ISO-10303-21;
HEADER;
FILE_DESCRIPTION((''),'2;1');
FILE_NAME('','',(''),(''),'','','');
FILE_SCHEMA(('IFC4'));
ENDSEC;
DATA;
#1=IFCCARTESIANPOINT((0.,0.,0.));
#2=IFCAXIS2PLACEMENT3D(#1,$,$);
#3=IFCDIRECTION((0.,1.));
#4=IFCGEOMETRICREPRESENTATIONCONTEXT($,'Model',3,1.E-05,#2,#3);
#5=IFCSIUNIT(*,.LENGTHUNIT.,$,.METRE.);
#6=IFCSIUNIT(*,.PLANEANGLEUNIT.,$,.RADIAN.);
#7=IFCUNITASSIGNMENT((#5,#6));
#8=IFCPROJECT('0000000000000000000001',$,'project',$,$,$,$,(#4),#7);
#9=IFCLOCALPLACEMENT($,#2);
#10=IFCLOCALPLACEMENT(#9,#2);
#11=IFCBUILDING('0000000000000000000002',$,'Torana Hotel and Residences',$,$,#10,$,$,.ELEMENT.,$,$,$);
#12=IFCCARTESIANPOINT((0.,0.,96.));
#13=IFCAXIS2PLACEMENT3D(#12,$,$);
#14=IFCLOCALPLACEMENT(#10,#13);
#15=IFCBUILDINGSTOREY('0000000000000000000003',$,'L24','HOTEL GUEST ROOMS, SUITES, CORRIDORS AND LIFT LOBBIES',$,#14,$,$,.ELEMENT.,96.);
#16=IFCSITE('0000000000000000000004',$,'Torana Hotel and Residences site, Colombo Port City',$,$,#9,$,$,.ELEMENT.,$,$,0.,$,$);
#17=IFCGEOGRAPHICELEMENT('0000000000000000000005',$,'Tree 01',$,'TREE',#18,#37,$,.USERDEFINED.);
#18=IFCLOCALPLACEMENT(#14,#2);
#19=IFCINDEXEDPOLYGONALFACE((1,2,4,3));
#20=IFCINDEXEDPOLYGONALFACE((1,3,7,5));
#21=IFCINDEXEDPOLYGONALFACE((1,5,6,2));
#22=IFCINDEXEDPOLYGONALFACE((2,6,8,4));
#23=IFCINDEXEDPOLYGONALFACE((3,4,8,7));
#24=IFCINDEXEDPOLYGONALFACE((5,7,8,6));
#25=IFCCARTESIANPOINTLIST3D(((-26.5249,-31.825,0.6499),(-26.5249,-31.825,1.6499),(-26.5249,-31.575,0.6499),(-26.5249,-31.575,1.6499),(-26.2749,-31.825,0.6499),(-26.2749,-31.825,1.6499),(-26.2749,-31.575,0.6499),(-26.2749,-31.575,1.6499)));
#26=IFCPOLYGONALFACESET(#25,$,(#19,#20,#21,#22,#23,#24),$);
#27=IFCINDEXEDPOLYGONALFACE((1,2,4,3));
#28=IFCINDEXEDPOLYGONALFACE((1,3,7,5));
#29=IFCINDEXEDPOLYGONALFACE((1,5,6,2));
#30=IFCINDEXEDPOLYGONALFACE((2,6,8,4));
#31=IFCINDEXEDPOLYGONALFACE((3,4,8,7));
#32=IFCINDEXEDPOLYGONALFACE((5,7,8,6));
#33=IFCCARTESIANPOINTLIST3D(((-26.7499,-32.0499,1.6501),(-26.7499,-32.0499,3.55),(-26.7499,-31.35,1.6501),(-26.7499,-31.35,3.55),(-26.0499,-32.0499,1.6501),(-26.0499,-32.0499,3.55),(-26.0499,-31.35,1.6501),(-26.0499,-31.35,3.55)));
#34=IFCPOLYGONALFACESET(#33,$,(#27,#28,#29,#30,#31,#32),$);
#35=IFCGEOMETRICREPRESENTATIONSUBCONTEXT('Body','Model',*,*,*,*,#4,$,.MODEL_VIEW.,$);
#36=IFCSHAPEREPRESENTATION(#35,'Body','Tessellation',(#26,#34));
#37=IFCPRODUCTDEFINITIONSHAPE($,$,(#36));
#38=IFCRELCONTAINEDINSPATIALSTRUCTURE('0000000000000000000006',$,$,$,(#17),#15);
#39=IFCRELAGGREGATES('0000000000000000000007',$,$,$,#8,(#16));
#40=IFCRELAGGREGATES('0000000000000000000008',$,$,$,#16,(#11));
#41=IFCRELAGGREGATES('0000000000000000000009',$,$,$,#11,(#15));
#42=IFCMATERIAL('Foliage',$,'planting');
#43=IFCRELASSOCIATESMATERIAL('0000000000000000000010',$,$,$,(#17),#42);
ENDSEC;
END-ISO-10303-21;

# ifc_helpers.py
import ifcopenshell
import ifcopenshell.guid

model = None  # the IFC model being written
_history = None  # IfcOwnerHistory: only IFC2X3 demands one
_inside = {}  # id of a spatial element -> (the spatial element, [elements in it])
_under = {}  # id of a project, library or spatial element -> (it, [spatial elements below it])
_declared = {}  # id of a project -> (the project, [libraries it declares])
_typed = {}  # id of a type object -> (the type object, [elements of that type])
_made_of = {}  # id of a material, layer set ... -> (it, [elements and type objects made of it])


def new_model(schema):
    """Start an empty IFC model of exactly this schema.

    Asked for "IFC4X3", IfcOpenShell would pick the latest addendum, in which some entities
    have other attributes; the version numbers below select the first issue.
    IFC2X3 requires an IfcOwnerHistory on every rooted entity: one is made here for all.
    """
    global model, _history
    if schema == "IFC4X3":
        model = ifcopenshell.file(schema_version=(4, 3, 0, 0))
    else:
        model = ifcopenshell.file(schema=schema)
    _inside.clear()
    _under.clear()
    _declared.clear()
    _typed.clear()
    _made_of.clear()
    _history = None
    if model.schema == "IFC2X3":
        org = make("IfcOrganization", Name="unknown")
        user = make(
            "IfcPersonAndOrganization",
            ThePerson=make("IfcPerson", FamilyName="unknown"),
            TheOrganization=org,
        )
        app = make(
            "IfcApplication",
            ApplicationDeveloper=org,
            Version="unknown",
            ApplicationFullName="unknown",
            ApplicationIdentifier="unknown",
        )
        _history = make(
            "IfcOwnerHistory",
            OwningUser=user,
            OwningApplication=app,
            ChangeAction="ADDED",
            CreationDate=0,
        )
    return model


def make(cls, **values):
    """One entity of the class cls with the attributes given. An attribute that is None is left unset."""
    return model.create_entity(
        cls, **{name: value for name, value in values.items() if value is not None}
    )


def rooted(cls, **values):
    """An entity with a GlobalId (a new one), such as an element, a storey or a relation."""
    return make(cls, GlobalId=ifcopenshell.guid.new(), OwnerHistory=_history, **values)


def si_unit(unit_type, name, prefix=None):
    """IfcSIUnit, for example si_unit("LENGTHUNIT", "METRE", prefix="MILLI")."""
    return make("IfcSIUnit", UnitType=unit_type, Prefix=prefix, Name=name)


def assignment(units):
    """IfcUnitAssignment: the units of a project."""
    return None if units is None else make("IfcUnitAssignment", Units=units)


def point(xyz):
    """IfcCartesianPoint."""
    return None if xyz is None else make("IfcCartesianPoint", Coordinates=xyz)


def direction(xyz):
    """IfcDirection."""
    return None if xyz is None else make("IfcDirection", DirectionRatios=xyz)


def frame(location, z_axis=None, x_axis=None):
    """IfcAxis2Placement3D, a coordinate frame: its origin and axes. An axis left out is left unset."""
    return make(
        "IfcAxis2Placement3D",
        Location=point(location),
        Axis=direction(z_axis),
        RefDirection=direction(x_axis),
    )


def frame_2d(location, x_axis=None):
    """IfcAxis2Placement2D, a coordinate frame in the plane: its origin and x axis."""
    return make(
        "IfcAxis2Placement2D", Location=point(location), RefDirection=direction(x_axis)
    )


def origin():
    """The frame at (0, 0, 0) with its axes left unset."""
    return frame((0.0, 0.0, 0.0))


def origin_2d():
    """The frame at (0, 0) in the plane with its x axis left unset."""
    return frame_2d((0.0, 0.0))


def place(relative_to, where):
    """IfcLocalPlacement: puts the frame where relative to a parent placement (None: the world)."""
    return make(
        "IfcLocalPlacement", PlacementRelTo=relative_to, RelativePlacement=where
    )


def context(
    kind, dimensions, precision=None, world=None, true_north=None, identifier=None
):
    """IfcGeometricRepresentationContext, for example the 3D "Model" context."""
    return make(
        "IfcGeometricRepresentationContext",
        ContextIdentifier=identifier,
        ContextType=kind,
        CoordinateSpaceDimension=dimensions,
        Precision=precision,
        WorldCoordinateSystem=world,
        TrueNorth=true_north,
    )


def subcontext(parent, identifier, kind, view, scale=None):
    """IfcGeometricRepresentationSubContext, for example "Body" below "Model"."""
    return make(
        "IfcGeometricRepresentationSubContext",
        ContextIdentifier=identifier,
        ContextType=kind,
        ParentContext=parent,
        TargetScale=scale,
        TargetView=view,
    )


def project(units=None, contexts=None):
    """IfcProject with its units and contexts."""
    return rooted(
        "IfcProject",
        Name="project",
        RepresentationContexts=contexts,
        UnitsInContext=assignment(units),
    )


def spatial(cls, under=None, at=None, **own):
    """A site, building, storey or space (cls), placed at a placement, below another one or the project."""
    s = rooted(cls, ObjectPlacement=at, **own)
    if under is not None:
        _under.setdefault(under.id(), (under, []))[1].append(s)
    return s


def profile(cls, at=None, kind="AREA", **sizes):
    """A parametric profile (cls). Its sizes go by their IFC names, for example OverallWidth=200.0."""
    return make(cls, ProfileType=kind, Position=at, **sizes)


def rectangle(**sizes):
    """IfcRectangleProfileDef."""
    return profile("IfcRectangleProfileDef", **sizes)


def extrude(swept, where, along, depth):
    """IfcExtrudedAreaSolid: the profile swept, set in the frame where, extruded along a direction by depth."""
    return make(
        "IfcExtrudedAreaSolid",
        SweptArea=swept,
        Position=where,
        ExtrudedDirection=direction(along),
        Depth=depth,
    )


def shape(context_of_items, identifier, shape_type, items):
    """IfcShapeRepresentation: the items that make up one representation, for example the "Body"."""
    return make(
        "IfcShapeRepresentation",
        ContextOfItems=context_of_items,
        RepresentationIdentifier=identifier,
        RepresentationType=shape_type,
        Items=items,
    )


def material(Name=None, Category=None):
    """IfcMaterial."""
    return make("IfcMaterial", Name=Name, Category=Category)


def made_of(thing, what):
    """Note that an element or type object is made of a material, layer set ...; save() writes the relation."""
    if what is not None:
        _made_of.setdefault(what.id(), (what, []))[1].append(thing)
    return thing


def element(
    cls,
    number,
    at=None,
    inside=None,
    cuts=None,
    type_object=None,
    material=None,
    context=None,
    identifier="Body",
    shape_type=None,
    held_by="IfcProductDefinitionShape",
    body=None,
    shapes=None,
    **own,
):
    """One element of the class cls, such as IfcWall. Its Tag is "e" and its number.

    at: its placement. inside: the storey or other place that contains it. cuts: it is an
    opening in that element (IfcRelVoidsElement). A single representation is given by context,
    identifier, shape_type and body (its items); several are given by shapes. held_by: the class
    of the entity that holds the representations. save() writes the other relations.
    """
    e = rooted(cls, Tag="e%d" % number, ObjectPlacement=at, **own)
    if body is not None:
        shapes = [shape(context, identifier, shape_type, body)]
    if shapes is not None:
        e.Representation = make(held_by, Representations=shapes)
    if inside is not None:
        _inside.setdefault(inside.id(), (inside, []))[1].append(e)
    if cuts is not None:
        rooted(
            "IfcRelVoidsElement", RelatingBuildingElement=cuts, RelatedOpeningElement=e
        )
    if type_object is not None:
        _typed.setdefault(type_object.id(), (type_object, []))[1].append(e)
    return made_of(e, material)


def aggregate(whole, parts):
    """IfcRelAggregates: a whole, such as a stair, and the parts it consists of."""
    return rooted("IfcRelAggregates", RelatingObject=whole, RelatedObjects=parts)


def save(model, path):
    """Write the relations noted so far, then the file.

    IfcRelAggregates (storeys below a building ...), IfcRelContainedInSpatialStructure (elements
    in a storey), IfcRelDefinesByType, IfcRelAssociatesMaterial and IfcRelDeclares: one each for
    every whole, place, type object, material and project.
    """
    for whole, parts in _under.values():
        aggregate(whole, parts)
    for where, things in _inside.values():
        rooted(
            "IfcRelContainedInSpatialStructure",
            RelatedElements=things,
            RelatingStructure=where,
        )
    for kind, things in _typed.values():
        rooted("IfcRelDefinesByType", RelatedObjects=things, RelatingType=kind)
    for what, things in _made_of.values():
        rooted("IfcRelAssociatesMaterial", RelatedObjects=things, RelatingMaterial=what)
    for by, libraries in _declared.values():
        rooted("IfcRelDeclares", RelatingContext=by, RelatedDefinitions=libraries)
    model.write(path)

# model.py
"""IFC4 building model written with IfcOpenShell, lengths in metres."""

from ifc_helpers import new_model, si_unit, direction, frame, origin, origin_2d, place, context, subcontext, project, spatial, rectangle, extrude, material, element, save


model = new_model("IFC4")

# Units and contexts
model_context = context("Model", 3, precision=1e-05, world=origin(), true_north=direction((0.0, 1.0)))
body_context = subcontext(model_context, "Body", "Model", "MODEL_VIEW")
ifc_project = project(units=[si_unit("LENGTHUNIT", "METRE"), si_unit("PLANEANGLEUNIT", "RADIAN")], contexts=[model_context])

# Site, building, storey
site_placement = place(None, origin())
site = spatial("IfcSite", under=ifc_project, at=site_placement, Name="Torana Hotel and Residences site, Colombo Port City", CompositionType="ELEMENT", RefElevation=0.0)
building_placement = place(site_placement, origin())
building = spatial("IfcBuilding", under=site, at=building_placement, Name="Torana Hotel and Residences", CompositionType="ELEMENT")
storey_placement = place(building_placement, frame((0.0, 0.0, 96.0)))
storey = spatial("IfcBuildingStorey", under=building, at=storey_placement, Name="L24", Description="HOTEL GUEST ROOMS, SUITES, CORRIDORS AND LIFT LOBBIES", CompositionType="ELEMENT", Elevation=96.0)

# Geographic element
ifc_material_1 = material(Name="Foliage", Category="planting")
geographic_element_placement = place(storey_placement, frame((-26.3999, -31.7, 0.6499), z_axis=(0.0, 0.0, 1.0), x_axis=(1.0, 0.0, 0.0)))
element("IfcGeographicElement", 1, at=geographic_element_placement, inside=storey, material=ifc_material_1, Name="Tree 01", ObjectType="TREE", PredefinedType="USERDEFINED", context=body_context, shape_type="SweptSolid", body=[
    extrude(rectangle(XDim=0.25, YDim=0.25, at=origin_2d()), origin(), (0.0, 0.0, 1.0), 1.0),
    extrude(rectangle(XDim=0.7, YDim=0.7, at=origin_2d()), frame((0.0, 0.0, 1.0002)), (0.0, 0.0, 1.0), 1.8999),
])

save(model, "model.ifc")
